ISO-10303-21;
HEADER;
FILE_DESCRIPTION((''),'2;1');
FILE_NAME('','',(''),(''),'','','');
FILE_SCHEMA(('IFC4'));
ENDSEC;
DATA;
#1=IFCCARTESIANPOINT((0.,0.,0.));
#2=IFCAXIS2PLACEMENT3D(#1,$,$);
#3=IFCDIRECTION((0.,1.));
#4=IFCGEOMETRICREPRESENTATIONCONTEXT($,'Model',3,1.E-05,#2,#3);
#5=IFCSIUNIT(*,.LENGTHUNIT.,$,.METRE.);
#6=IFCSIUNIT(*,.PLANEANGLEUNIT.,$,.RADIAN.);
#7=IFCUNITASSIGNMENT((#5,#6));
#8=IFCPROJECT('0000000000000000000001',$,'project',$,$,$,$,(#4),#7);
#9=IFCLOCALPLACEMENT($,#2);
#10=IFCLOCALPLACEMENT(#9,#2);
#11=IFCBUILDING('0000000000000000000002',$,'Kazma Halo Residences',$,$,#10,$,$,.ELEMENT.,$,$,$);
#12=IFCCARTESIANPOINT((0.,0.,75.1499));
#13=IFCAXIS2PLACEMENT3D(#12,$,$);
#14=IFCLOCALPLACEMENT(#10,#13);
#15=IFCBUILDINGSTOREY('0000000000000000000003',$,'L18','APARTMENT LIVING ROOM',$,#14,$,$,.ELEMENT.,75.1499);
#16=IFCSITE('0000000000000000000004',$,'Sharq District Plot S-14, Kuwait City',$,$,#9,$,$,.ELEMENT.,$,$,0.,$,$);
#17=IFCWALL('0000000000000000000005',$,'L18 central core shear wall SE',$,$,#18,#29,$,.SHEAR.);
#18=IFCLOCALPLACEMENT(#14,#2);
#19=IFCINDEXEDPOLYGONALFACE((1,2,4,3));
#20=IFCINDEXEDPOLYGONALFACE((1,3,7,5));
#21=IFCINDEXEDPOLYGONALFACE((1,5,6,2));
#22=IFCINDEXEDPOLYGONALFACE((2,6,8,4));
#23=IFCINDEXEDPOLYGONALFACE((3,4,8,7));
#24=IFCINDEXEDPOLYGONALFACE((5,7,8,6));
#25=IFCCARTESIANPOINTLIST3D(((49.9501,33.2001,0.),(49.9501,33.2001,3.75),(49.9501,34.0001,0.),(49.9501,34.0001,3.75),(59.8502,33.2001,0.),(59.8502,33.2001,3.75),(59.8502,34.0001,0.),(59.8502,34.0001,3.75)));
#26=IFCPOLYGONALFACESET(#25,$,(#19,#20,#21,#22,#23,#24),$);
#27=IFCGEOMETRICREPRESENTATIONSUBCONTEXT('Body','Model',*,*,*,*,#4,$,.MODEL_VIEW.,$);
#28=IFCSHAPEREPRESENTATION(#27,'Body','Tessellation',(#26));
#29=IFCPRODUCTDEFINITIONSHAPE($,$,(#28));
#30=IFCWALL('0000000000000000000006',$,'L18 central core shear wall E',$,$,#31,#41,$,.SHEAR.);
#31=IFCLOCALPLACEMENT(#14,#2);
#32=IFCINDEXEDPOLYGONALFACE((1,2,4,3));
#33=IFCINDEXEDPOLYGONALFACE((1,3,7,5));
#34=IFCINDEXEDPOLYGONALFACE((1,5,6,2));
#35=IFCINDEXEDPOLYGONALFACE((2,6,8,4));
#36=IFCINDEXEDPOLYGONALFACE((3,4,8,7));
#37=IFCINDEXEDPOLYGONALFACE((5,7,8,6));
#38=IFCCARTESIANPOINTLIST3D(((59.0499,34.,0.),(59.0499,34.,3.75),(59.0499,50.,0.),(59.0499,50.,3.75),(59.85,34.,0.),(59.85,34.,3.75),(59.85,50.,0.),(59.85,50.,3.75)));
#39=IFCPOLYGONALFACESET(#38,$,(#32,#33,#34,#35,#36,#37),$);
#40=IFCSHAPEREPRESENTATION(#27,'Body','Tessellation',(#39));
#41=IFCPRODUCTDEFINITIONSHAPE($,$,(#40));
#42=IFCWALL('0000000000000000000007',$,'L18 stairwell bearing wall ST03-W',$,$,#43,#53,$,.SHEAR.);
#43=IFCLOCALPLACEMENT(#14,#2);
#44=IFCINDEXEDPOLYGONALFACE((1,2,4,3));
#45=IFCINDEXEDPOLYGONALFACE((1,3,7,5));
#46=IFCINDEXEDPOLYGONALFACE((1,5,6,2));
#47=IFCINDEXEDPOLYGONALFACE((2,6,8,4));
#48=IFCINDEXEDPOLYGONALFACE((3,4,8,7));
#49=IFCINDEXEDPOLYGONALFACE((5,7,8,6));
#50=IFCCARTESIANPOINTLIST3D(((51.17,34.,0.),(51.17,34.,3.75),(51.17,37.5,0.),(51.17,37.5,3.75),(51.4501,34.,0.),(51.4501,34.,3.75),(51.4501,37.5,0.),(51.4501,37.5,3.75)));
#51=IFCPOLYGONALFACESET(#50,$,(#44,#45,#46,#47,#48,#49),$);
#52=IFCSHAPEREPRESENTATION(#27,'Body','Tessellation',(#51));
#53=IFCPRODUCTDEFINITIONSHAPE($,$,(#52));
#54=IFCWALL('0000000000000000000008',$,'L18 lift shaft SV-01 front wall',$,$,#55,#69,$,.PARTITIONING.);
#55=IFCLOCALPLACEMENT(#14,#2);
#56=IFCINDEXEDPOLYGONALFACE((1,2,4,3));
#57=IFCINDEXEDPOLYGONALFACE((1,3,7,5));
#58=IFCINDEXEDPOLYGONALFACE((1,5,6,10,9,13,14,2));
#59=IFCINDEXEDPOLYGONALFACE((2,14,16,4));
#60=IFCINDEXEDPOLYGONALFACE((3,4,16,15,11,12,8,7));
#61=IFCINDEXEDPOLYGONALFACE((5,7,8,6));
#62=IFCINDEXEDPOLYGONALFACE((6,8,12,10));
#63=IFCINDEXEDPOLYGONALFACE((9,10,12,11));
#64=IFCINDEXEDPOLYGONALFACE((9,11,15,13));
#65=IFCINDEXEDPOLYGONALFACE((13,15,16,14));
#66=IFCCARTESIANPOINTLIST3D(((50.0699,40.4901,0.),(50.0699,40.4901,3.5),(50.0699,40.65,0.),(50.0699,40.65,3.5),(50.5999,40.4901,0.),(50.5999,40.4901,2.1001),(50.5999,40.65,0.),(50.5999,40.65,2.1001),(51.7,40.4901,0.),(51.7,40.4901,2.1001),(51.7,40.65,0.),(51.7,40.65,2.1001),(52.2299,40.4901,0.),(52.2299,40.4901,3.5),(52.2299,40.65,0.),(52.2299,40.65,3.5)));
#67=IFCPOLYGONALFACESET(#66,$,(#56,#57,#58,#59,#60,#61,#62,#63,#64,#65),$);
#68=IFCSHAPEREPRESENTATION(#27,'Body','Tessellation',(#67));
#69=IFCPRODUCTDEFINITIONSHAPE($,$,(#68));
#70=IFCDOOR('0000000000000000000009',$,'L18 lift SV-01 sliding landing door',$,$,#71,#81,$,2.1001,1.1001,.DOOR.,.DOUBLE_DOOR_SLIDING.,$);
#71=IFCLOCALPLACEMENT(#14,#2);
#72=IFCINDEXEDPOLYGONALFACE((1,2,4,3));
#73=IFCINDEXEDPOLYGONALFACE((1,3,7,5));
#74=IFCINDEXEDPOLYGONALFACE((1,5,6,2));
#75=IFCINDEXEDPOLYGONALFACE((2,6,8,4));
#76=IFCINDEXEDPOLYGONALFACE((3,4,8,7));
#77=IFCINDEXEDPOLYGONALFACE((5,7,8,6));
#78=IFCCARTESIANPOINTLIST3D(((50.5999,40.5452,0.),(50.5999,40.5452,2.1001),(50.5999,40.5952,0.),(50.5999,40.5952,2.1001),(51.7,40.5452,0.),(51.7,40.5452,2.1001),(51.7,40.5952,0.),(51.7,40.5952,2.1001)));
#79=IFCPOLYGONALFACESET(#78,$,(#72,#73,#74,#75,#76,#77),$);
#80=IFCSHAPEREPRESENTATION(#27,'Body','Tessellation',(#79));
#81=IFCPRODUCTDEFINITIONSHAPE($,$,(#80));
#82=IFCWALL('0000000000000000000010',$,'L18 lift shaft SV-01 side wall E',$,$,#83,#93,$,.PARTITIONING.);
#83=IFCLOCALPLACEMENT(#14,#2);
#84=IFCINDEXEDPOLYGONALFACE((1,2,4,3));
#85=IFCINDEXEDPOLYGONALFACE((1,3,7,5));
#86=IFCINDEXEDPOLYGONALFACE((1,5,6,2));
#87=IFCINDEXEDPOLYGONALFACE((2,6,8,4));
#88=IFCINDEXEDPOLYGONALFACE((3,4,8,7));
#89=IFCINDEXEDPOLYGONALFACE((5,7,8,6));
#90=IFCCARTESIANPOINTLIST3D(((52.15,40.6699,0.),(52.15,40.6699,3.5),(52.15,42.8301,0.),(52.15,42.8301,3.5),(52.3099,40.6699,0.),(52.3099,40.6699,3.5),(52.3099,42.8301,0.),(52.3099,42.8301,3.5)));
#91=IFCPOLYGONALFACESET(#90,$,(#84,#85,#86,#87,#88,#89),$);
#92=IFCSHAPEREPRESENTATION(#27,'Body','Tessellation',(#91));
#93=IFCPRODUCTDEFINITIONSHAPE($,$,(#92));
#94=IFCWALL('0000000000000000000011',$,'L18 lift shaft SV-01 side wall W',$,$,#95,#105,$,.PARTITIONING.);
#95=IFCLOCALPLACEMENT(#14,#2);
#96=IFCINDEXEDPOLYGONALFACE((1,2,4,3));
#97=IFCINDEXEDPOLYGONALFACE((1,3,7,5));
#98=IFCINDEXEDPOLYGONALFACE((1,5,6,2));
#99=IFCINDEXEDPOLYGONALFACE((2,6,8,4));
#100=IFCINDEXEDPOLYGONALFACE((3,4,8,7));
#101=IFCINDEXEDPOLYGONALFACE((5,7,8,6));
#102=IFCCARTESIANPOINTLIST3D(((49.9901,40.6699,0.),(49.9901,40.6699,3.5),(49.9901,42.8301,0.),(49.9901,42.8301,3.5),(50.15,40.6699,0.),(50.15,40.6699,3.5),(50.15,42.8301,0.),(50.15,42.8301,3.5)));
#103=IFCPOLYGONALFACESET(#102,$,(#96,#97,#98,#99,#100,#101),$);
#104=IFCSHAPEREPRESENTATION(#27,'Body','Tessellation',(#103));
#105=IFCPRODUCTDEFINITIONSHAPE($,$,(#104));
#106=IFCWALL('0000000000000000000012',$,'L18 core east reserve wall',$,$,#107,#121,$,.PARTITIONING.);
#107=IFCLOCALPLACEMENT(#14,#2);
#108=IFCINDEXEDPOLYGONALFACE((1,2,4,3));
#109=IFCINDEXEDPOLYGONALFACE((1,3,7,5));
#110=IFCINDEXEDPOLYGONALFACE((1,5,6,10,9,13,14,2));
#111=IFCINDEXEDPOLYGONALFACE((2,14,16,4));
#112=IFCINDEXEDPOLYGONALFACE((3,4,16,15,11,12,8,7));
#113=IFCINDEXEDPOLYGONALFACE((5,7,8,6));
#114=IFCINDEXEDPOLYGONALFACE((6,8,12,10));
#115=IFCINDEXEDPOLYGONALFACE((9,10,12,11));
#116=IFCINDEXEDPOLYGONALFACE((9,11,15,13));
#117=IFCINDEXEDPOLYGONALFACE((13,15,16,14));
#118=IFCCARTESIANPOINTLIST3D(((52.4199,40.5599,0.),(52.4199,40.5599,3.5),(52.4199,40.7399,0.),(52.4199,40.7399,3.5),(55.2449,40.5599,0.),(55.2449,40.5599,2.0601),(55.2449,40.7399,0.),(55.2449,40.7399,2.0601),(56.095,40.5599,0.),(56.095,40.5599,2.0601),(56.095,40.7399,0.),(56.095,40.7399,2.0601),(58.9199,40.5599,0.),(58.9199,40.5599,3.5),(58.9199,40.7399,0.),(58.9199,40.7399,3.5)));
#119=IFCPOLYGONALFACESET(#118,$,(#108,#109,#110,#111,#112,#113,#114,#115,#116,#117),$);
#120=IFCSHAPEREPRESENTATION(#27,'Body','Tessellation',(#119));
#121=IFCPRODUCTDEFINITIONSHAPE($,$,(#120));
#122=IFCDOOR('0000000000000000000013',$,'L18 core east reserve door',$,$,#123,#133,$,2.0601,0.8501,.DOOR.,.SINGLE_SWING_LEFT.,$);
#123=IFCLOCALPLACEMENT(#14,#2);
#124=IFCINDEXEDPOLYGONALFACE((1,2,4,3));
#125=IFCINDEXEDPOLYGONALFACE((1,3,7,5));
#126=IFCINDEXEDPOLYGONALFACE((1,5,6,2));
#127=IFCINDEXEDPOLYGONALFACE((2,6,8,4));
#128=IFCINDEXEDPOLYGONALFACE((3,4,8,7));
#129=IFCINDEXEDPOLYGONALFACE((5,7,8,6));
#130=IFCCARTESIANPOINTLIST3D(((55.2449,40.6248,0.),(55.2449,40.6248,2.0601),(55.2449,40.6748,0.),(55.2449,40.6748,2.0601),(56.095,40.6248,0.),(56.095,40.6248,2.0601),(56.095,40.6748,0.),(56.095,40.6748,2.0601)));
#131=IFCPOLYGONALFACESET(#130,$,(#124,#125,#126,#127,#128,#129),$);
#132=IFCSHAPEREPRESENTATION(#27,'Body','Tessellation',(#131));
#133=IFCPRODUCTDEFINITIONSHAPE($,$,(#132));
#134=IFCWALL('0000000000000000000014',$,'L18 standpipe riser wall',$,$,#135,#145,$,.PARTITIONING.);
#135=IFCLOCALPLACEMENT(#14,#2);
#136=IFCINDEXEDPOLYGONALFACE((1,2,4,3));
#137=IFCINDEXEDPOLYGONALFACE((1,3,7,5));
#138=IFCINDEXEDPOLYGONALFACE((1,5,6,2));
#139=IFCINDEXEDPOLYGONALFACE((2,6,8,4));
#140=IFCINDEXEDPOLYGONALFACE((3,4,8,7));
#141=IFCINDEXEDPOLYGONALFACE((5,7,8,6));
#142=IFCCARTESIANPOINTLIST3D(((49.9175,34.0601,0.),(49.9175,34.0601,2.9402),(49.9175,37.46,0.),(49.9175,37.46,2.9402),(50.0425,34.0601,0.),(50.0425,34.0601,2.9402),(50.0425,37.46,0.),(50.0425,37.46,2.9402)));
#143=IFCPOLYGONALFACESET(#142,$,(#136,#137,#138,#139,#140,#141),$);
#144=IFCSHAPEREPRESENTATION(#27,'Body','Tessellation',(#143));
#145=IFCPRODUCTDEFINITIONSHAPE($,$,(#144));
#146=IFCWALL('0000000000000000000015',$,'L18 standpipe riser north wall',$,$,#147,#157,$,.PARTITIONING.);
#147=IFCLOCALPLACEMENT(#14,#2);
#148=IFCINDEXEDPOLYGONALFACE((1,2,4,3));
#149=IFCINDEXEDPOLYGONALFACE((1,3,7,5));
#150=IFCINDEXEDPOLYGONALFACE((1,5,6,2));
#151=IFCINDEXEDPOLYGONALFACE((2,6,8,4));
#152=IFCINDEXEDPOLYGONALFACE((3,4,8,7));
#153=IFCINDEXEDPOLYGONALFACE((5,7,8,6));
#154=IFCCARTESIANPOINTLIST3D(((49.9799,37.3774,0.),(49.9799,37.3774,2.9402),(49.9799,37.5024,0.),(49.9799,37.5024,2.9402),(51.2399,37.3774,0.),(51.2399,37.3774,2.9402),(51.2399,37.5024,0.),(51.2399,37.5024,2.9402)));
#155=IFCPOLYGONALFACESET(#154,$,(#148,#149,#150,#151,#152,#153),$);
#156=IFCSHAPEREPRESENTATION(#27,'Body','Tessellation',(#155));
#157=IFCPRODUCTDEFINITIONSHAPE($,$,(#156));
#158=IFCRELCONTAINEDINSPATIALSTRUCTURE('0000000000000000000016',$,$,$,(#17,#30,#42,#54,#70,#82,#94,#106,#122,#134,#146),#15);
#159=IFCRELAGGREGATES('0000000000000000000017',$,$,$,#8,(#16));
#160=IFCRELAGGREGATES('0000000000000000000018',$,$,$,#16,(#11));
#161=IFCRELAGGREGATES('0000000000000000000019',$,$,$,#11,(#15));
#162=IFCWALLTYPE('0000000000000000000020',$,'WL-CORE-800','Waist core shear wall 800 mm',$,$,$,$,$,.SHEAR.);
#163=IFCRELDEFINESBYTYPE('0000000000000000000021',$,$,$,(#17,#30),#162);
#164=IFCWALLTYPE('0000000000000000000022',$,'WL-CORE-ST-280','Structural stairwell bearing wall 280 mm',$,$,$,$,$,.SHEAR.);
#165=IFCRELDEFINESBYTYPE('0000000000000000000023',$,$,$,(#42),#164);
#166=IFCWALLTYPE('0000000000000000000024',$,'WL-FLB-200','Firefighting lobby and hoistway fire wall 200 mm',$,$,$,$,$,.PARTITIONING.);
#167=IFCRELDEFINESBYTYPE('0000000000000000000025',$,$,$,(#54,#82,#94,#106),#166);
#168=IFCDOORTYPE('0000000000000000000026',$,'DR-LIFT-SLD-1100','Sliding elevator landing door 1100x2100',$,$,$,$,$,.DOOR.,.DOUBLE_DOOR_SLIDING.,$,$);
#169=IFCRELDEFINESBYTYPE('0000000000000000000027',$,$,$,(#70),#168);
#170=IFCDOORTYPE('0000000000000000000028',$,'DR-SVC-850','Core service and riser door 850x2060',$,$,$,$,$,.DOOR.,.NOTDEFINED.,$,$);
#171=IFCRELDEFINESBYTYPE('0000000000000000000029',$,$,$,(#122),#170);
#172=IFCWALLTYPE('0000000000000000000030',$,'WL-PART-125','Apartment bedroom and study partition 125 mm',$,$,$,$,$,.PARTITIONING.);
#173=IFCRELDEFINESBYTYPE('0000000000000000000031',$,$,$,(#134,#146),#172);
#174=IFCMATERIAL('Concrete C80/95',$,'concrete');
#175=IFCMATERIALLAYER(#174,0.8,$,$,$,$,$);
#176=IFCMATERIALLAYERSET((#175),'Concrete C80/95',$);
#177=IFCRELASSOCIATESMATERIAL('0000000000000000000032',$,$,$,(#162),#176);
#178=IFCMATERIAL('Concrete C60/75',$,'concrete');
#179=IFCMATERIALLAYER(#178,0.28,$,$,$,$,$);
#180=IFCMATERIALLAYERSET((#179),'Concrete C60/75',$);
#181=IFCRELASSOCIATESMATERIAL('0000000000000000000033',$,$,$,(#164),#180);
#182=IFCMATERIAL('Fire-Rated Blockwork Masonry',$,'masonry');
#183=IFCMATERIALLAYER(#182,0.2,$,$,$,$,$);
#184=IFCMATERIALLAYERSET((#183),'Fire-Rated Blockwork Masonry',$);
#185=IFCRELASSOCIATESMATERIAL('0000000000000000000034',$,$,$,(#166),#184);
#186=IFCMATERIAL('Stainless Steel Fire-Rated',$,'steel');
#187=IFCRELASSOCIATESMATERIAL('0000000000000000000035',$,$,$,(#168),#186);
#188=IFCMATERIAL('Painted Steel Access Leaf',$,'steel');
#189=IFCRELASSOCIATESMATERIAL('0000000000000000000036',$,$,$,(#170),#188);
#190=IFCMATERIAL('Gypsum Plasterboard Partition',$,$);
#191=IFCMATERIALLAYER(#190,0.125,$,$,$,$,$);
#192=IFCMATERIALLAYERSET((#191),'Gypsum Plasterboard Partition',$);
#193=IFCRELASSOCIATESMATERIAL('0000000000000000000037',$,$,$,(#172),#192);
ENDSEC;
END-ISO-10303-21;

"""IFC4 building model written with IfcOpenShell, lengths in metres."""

from ifc_helpers import new_model, si_unit, direction, frame, frame_2d, origin, place, context, subcontext, project, spatial, rectangle, extrude, material, layer, layer_set, type_object, element, fill, save


model = new_model("IFC4")

# Units and contexts
model_context = context("Model", 3, precision=1e-05, world=origin(), true_north=direction((0.0, 1.0)))
body_context = subcontext(model_context, "Body", "Model", "MODEL_VIEW")
ifc_project = project(units=[si_unit("LENGTHUNIT", "METRE"), si_unit("PLANEANGLEUNIT", "RADIAN")], contexts=[model_context])

# Site, building, storey
site_placement = place(None, origin())
site = spatial("IfcSite", under=ifc_project, at=site_placement, Name="Sharq District Plot S-14, Kuwait City", CompositionType="ELEMENT", RefElevation=0.0)
building_placement = place(site_placement, origin())
building = spatial("IfcBuilding", under=site, at=building_placement, Name="Kazma Halo Residences", CompositionType="ELEMENT")
storey_placement = place(building_placement, frame((0.0, 0.0, 75.1499)))
storey = spatial("IfcBuildingStorey", under=building, at=storey_placement, Name="L18", Description="APARTMENT LIVING ROOM", CompositionType="ELEMENT", Elevation=75.1499)

# Walls
ifc_material_1 = material(Name="Concrete C80/95", Category="concrete")
ifc_layer_1 = layer(ifc_material_1, 0.8)
ifc_layer_set_1 = layer_set([ifc_layer_1], Name="Concrete C80/95")
wall_type_1 = type_object("IfcWallType", Name="WL-CORE-800", Description="Waist core shear wall 800 mm", PredefinedType="SHEAR", material=ifc_layer_set_1)
wall_1_placement = place(storey_placement, frame((49.95, 33.6001, 0.0), z_axis=(0.0, 0.0, 1.0), x_axis=(1.0, 0.0, 0.0)))
element("IfcWall", 1, at=wall_1_placement, inside=storey, type_object=wall_type_1, Name="L18 central core shear wall SE", PredefinedType="SHEAR", context=body_context, shape_type="SweptSolid", body=[
    extrude(rectangle(XDim=9.9001, YDim=0.8, at=frame_2d((4.9502, 0.0))), origin(), (0.0, 0.0, 1.0), 3.75),
])
wall_2_placement = place(storey_placement, frame((59.45, 34.0, 0.0), z_axis=(0.0, 0.0, 1.0), x_axis=(0.0, 1.0, 0.0)))
element("IfcWall", 2, at=wall_2_placement, inside=storey, type_object=wall_type_1, Name="L18 central core shear wall E", PredefinedType="SHEAR", context=body_context, shape_type="SweptSolid", body=[
    extrude(rectangle(XDim=16.0, YDim=0.8, at=frame_2d((8.0, 0.0))), origin(), (0.0, 0.0, 1.0), 3.75),
])
ifc_material_2 = material(Name="Concrete C60/75", Category="concrete")
ifc_layer_2 = layer(ifc_material_2, 0.28)
ifc_layer_set_2 = layer_set([ifc_layer_2], Name="Concrete C60/75")
wall_type_2 = type_object("IfcWallType", Name="WL-CORE-ST-280", Description="Structural stairwell bearing wall 280 mm", PredefinedType="SHEAR", material=ifc_layer_set_2)
wall_3_placement = place(storey_placement, frame((51.3101, 34.0, 0.0), z_axis=(0.0, 0.0, 1.0), x_axis=(0.0, 1.0, 0.0)))
element("IfcWall", 3, at=wall_3_placement, inside=storey, type_object=wall_type_2, Name="L18 stairwell bearing wall ST03-W", PredefinedType="SHEAR", context=body_context, shape_type="SweptSolid", body=[
    extrude(rectangle(XDim=3.5, YDim=0.28, at=frame_2d((1.75, 0.0))), origin(), (0.0, 0.0, 1.0), 3.75),
])

# Wall, opening, door
ifc_material_3 = material(Name="Fire-Rated Blockwork Masonry", Category="masonry")
ifc_layer_3 = layer(ifc_material_3, 0.2)
ifc_layer_set_3 = layer_set([ifc_layer_3], Name="Fire-Rated Blockwork Masonry")
wall_type_3 = type_object("IfcWallType", Name="WL-FLB-200", Description="Firefighting lobby and hoistway fire wall 200 mm", PredefinedType="PARTITIONING", material=ifc_layer_set_3)
wall_4_placement = place(storey_placement, frame((52.23, 40.5701, 0.0), z_axis=(0.0, 0.0, 1.0), x_axis=(-1.0, 0.0, 0.0)))
wall_4 = element("IfcWall", 4, at=wall_4_placement, inside=storey, type_object=wall_type_3, Name="L18 lift shaft SV-01 front wall", PredefinedType="PARTITIONING", context=body_context, shape_type="SweptSolid", body=[
    extrude(rectangle(XDim=2.1599, YDim=0.1599, at=frame_2d((1.0801, 0.0))), origin(), (0.0, 0.0, 1.0), 3.5),
])
opening_1_placement = place(wall_4_placement, frame((0.53, 0.0, 0.0)))
opening_1 = element("IfcOpeningElement", 5, at=opening_1_placement, cuts=wall_4, PredefinedType="OPENING", context=body_context, shape_type="SweptSolid", body=[
    extrude(rectangle(XDim=1.1001, YDim=2.1001, at=frame_2d((0.55, 1.05))), frame((0.0, 0.0898, 0.0), z_axis=(0.0, -1.0, 0.0), x_axis=(1.0, 0.0, 0.0)), (0.0, 0.0, 1.0), 0.1799),
])
ifc_material_4 = material(Name="Stainless Steel Fire-Rated", Category="steel")
door_type_1 = type_object("IfcDoorType", Name="DR-LIFT-SLD-1100", Description="Sliding elevator landing door 1100x2100", OperationType="DOUBLE_DOOR_SLIDING", PredefinedType="DOOR", material=ifc_material_4)
door_1_placement = place(opening_1_placement, origin())
door_1 = element("IfcDoor", 6, at=door_1_placement, inside=storey, type_object=door_type_1, Name="L18 lift SV-01 sliding landing door", OperationType="DOUBLE_DOOR_SLIDING", OverallHeight=2.1001, OverallWidth=1.1001, PredefinedType="DOOR", context=body_context, shape_type="SweptSolid", body=[
    extrude(rectangle(XDim=1.1001, YDim=2.1001, at=frame_2d((0.55, 1.05))), frame((0.0, 0.0249, 0.0), z_axis=(0.0, -1.0, 0.0), x_axis=(1.0, 0.0, 0.0)), (0.0, 0.0, 1.0), 0.05),
])
fill(opening_1, door_1)

# Walls
for number, where, z_axis, x_axis, name in (
    (7, (52.23, 40.6699, 0.0), (0.0, 0.0, 1.0), (0.0, 1.0, 0.0), "L18 lift shaft SV-01 side wall E"),
    (8, (50.0701, 40.6699, 0.0), (0.0, 0.0, 1.0), (0.0, 1.0, 0.0), "L18 lift shaft SV-01 side wall W"),
):
    element("IfcWall", number, at=place(storey_placement, frame(where, z_axis=z_axis, x_axis=x_axis)), inside=storey, type_object=wall_type_3, Name=name, PredefinedType="PARTITIONING", context=body_context, shape_type="SweptSolid", body=[
        extrude(rectangle(XDim=2.1602, YDim=0.1599, at=frame_2d((1.0801, 0.0))), origin(), (0.0, 0.0, 1.0), 3.5),
    ])

# Wall, opening, door
wall_5_placement = place(storey_placement, frame((52.4199, 40.6499, 0.0), z_axis=(0.0, 0.0, 1.0), x_axis=(1.0, 0.0, 0.0)))
wall_5 = element("IfcWall", 9, at=wall_5_placement, inside=storey, type_object=wall_type_3, Name="L18 core east reserve wall", PredefinedType="PARTITIONING", context=body_context, shape_type="SweptSolid", body=[
    extrude(rectangle(XDim=6.5, YDim=0.1799, at=frame_2d((3.25, 0.0))), origin(), (0.0, 0.0, 1.0), 3.5),
])
opening_2_placement = place(wall_5_placement, frame((2.825, 0.0, 0.0)))
opening_2 = element("IfcOpeningElement", 10, at=opening_2_placement, cuts=wall_5, PredefinedType="OPENING", context=body_context, shape_type="SweptSolid", body=[
    extrude(rectangle(XDim=0.8501, YDim=2.0601, at=frame_2d((0.425, 1.03))), frame((0.0, 0.0999, 0.0), z_axis=(0.0, -1.0, 0.0), x_axis=(1.0, 0.0, 0.0)), (0.0, 0.0, 1.0), 0.2),
])
ifc_material_5 = material(Name="Painted Steel Access Leaf", Category="steel")
door_type_2 = type_object("IfcDoorType", Name="DR-SVC-850", Description="Core service and riser door 850x2060", OperationType="NOTDEFINED", PredefinedType="DOOR", material=ifc_material_5)
door_2_placement = place(opening_2_placement, origin())
door_2 = element("IfcDoor", 11, at=door_2_placement, inside=storey, type_object=door_type_2, Name="L18 core east reserve door", OperationType="SINGLE_SWING_LEFT", OverallHeight=2.0601, OverallWidth=0.8501, PredefinedType="DOOR", context=body_context, shape_type="SweptSolid", body=[
    extrude(rectangle(XDim=0.8501, YDim=2.0601, at=frame_2d((0.425, 1.03))), frame((0.0, 0.0249, 0.0), z_axis=(0.0, -1.0, 0.0), x_axis=(1.0, 0.0, 0.0)), (0.0, 0.0, 1.0), 0.05),
])
fill(opening_2, door_2)

# Walls
ifc_material_6 = material(Name="Gypsum Plasterboard Partition")
ifc_layer_4 = layer(ifc_material_6, 0.125)
ifc_layer_set_4 = layer_set([ifc_layer_4], Name="Gypsum Plasterboard Partition")
wall_type_4 = type_object("IfcWallType", Name="WL-PART-125", Description="Apartment bedroom and study partition 125 mm", PredefinedType="PARTITIONING", material=ifc_layer_set_4)
wall_6_placement = place(storey_placement, frame((49.98, 34.0601, 0.0), z_axis=(0.0, 0.0, 1.0), x_axis=(0.0, 1.0, 0.0)))
element("IfcWall", 12, at=wall_6_placement, inside=storey, type_object=wall_type_4, Name="L18 standpipe riser wall", PredefinedType="PARTITIONING", context=body_context, shape_type="SweptSolid", body=[
    extrude(rectangle(XDim=3.3999, YDim=0.125, at=frame_2d((1.7, 0.0))), origin(), (0.0, 0.0, 1.0), 2.9402),
])
wall_7_placement = place(storey_placement, frame((49.98, 37.4399, 0.0), z_axis=(0.0, 0.0, 1.0), x_axis=(1.0, 0.0, 0.0)))
element("IfcWall", 13, at=wall_7_placement, inside=storey, type_object=wall_type_4, Name="L18 standpipe riser north wall", PredefinedType="PARTITIONING", context=body_context, shape_type="SweptSolid", body=[
    extrude(rectangle(XDim=1.26, YDim=0.125, at=frame_2d((0.6299, 0.0))), origin(), (0.0, 0.0, 1.0), 2.9402),
])

save(model, "model.ifc")
